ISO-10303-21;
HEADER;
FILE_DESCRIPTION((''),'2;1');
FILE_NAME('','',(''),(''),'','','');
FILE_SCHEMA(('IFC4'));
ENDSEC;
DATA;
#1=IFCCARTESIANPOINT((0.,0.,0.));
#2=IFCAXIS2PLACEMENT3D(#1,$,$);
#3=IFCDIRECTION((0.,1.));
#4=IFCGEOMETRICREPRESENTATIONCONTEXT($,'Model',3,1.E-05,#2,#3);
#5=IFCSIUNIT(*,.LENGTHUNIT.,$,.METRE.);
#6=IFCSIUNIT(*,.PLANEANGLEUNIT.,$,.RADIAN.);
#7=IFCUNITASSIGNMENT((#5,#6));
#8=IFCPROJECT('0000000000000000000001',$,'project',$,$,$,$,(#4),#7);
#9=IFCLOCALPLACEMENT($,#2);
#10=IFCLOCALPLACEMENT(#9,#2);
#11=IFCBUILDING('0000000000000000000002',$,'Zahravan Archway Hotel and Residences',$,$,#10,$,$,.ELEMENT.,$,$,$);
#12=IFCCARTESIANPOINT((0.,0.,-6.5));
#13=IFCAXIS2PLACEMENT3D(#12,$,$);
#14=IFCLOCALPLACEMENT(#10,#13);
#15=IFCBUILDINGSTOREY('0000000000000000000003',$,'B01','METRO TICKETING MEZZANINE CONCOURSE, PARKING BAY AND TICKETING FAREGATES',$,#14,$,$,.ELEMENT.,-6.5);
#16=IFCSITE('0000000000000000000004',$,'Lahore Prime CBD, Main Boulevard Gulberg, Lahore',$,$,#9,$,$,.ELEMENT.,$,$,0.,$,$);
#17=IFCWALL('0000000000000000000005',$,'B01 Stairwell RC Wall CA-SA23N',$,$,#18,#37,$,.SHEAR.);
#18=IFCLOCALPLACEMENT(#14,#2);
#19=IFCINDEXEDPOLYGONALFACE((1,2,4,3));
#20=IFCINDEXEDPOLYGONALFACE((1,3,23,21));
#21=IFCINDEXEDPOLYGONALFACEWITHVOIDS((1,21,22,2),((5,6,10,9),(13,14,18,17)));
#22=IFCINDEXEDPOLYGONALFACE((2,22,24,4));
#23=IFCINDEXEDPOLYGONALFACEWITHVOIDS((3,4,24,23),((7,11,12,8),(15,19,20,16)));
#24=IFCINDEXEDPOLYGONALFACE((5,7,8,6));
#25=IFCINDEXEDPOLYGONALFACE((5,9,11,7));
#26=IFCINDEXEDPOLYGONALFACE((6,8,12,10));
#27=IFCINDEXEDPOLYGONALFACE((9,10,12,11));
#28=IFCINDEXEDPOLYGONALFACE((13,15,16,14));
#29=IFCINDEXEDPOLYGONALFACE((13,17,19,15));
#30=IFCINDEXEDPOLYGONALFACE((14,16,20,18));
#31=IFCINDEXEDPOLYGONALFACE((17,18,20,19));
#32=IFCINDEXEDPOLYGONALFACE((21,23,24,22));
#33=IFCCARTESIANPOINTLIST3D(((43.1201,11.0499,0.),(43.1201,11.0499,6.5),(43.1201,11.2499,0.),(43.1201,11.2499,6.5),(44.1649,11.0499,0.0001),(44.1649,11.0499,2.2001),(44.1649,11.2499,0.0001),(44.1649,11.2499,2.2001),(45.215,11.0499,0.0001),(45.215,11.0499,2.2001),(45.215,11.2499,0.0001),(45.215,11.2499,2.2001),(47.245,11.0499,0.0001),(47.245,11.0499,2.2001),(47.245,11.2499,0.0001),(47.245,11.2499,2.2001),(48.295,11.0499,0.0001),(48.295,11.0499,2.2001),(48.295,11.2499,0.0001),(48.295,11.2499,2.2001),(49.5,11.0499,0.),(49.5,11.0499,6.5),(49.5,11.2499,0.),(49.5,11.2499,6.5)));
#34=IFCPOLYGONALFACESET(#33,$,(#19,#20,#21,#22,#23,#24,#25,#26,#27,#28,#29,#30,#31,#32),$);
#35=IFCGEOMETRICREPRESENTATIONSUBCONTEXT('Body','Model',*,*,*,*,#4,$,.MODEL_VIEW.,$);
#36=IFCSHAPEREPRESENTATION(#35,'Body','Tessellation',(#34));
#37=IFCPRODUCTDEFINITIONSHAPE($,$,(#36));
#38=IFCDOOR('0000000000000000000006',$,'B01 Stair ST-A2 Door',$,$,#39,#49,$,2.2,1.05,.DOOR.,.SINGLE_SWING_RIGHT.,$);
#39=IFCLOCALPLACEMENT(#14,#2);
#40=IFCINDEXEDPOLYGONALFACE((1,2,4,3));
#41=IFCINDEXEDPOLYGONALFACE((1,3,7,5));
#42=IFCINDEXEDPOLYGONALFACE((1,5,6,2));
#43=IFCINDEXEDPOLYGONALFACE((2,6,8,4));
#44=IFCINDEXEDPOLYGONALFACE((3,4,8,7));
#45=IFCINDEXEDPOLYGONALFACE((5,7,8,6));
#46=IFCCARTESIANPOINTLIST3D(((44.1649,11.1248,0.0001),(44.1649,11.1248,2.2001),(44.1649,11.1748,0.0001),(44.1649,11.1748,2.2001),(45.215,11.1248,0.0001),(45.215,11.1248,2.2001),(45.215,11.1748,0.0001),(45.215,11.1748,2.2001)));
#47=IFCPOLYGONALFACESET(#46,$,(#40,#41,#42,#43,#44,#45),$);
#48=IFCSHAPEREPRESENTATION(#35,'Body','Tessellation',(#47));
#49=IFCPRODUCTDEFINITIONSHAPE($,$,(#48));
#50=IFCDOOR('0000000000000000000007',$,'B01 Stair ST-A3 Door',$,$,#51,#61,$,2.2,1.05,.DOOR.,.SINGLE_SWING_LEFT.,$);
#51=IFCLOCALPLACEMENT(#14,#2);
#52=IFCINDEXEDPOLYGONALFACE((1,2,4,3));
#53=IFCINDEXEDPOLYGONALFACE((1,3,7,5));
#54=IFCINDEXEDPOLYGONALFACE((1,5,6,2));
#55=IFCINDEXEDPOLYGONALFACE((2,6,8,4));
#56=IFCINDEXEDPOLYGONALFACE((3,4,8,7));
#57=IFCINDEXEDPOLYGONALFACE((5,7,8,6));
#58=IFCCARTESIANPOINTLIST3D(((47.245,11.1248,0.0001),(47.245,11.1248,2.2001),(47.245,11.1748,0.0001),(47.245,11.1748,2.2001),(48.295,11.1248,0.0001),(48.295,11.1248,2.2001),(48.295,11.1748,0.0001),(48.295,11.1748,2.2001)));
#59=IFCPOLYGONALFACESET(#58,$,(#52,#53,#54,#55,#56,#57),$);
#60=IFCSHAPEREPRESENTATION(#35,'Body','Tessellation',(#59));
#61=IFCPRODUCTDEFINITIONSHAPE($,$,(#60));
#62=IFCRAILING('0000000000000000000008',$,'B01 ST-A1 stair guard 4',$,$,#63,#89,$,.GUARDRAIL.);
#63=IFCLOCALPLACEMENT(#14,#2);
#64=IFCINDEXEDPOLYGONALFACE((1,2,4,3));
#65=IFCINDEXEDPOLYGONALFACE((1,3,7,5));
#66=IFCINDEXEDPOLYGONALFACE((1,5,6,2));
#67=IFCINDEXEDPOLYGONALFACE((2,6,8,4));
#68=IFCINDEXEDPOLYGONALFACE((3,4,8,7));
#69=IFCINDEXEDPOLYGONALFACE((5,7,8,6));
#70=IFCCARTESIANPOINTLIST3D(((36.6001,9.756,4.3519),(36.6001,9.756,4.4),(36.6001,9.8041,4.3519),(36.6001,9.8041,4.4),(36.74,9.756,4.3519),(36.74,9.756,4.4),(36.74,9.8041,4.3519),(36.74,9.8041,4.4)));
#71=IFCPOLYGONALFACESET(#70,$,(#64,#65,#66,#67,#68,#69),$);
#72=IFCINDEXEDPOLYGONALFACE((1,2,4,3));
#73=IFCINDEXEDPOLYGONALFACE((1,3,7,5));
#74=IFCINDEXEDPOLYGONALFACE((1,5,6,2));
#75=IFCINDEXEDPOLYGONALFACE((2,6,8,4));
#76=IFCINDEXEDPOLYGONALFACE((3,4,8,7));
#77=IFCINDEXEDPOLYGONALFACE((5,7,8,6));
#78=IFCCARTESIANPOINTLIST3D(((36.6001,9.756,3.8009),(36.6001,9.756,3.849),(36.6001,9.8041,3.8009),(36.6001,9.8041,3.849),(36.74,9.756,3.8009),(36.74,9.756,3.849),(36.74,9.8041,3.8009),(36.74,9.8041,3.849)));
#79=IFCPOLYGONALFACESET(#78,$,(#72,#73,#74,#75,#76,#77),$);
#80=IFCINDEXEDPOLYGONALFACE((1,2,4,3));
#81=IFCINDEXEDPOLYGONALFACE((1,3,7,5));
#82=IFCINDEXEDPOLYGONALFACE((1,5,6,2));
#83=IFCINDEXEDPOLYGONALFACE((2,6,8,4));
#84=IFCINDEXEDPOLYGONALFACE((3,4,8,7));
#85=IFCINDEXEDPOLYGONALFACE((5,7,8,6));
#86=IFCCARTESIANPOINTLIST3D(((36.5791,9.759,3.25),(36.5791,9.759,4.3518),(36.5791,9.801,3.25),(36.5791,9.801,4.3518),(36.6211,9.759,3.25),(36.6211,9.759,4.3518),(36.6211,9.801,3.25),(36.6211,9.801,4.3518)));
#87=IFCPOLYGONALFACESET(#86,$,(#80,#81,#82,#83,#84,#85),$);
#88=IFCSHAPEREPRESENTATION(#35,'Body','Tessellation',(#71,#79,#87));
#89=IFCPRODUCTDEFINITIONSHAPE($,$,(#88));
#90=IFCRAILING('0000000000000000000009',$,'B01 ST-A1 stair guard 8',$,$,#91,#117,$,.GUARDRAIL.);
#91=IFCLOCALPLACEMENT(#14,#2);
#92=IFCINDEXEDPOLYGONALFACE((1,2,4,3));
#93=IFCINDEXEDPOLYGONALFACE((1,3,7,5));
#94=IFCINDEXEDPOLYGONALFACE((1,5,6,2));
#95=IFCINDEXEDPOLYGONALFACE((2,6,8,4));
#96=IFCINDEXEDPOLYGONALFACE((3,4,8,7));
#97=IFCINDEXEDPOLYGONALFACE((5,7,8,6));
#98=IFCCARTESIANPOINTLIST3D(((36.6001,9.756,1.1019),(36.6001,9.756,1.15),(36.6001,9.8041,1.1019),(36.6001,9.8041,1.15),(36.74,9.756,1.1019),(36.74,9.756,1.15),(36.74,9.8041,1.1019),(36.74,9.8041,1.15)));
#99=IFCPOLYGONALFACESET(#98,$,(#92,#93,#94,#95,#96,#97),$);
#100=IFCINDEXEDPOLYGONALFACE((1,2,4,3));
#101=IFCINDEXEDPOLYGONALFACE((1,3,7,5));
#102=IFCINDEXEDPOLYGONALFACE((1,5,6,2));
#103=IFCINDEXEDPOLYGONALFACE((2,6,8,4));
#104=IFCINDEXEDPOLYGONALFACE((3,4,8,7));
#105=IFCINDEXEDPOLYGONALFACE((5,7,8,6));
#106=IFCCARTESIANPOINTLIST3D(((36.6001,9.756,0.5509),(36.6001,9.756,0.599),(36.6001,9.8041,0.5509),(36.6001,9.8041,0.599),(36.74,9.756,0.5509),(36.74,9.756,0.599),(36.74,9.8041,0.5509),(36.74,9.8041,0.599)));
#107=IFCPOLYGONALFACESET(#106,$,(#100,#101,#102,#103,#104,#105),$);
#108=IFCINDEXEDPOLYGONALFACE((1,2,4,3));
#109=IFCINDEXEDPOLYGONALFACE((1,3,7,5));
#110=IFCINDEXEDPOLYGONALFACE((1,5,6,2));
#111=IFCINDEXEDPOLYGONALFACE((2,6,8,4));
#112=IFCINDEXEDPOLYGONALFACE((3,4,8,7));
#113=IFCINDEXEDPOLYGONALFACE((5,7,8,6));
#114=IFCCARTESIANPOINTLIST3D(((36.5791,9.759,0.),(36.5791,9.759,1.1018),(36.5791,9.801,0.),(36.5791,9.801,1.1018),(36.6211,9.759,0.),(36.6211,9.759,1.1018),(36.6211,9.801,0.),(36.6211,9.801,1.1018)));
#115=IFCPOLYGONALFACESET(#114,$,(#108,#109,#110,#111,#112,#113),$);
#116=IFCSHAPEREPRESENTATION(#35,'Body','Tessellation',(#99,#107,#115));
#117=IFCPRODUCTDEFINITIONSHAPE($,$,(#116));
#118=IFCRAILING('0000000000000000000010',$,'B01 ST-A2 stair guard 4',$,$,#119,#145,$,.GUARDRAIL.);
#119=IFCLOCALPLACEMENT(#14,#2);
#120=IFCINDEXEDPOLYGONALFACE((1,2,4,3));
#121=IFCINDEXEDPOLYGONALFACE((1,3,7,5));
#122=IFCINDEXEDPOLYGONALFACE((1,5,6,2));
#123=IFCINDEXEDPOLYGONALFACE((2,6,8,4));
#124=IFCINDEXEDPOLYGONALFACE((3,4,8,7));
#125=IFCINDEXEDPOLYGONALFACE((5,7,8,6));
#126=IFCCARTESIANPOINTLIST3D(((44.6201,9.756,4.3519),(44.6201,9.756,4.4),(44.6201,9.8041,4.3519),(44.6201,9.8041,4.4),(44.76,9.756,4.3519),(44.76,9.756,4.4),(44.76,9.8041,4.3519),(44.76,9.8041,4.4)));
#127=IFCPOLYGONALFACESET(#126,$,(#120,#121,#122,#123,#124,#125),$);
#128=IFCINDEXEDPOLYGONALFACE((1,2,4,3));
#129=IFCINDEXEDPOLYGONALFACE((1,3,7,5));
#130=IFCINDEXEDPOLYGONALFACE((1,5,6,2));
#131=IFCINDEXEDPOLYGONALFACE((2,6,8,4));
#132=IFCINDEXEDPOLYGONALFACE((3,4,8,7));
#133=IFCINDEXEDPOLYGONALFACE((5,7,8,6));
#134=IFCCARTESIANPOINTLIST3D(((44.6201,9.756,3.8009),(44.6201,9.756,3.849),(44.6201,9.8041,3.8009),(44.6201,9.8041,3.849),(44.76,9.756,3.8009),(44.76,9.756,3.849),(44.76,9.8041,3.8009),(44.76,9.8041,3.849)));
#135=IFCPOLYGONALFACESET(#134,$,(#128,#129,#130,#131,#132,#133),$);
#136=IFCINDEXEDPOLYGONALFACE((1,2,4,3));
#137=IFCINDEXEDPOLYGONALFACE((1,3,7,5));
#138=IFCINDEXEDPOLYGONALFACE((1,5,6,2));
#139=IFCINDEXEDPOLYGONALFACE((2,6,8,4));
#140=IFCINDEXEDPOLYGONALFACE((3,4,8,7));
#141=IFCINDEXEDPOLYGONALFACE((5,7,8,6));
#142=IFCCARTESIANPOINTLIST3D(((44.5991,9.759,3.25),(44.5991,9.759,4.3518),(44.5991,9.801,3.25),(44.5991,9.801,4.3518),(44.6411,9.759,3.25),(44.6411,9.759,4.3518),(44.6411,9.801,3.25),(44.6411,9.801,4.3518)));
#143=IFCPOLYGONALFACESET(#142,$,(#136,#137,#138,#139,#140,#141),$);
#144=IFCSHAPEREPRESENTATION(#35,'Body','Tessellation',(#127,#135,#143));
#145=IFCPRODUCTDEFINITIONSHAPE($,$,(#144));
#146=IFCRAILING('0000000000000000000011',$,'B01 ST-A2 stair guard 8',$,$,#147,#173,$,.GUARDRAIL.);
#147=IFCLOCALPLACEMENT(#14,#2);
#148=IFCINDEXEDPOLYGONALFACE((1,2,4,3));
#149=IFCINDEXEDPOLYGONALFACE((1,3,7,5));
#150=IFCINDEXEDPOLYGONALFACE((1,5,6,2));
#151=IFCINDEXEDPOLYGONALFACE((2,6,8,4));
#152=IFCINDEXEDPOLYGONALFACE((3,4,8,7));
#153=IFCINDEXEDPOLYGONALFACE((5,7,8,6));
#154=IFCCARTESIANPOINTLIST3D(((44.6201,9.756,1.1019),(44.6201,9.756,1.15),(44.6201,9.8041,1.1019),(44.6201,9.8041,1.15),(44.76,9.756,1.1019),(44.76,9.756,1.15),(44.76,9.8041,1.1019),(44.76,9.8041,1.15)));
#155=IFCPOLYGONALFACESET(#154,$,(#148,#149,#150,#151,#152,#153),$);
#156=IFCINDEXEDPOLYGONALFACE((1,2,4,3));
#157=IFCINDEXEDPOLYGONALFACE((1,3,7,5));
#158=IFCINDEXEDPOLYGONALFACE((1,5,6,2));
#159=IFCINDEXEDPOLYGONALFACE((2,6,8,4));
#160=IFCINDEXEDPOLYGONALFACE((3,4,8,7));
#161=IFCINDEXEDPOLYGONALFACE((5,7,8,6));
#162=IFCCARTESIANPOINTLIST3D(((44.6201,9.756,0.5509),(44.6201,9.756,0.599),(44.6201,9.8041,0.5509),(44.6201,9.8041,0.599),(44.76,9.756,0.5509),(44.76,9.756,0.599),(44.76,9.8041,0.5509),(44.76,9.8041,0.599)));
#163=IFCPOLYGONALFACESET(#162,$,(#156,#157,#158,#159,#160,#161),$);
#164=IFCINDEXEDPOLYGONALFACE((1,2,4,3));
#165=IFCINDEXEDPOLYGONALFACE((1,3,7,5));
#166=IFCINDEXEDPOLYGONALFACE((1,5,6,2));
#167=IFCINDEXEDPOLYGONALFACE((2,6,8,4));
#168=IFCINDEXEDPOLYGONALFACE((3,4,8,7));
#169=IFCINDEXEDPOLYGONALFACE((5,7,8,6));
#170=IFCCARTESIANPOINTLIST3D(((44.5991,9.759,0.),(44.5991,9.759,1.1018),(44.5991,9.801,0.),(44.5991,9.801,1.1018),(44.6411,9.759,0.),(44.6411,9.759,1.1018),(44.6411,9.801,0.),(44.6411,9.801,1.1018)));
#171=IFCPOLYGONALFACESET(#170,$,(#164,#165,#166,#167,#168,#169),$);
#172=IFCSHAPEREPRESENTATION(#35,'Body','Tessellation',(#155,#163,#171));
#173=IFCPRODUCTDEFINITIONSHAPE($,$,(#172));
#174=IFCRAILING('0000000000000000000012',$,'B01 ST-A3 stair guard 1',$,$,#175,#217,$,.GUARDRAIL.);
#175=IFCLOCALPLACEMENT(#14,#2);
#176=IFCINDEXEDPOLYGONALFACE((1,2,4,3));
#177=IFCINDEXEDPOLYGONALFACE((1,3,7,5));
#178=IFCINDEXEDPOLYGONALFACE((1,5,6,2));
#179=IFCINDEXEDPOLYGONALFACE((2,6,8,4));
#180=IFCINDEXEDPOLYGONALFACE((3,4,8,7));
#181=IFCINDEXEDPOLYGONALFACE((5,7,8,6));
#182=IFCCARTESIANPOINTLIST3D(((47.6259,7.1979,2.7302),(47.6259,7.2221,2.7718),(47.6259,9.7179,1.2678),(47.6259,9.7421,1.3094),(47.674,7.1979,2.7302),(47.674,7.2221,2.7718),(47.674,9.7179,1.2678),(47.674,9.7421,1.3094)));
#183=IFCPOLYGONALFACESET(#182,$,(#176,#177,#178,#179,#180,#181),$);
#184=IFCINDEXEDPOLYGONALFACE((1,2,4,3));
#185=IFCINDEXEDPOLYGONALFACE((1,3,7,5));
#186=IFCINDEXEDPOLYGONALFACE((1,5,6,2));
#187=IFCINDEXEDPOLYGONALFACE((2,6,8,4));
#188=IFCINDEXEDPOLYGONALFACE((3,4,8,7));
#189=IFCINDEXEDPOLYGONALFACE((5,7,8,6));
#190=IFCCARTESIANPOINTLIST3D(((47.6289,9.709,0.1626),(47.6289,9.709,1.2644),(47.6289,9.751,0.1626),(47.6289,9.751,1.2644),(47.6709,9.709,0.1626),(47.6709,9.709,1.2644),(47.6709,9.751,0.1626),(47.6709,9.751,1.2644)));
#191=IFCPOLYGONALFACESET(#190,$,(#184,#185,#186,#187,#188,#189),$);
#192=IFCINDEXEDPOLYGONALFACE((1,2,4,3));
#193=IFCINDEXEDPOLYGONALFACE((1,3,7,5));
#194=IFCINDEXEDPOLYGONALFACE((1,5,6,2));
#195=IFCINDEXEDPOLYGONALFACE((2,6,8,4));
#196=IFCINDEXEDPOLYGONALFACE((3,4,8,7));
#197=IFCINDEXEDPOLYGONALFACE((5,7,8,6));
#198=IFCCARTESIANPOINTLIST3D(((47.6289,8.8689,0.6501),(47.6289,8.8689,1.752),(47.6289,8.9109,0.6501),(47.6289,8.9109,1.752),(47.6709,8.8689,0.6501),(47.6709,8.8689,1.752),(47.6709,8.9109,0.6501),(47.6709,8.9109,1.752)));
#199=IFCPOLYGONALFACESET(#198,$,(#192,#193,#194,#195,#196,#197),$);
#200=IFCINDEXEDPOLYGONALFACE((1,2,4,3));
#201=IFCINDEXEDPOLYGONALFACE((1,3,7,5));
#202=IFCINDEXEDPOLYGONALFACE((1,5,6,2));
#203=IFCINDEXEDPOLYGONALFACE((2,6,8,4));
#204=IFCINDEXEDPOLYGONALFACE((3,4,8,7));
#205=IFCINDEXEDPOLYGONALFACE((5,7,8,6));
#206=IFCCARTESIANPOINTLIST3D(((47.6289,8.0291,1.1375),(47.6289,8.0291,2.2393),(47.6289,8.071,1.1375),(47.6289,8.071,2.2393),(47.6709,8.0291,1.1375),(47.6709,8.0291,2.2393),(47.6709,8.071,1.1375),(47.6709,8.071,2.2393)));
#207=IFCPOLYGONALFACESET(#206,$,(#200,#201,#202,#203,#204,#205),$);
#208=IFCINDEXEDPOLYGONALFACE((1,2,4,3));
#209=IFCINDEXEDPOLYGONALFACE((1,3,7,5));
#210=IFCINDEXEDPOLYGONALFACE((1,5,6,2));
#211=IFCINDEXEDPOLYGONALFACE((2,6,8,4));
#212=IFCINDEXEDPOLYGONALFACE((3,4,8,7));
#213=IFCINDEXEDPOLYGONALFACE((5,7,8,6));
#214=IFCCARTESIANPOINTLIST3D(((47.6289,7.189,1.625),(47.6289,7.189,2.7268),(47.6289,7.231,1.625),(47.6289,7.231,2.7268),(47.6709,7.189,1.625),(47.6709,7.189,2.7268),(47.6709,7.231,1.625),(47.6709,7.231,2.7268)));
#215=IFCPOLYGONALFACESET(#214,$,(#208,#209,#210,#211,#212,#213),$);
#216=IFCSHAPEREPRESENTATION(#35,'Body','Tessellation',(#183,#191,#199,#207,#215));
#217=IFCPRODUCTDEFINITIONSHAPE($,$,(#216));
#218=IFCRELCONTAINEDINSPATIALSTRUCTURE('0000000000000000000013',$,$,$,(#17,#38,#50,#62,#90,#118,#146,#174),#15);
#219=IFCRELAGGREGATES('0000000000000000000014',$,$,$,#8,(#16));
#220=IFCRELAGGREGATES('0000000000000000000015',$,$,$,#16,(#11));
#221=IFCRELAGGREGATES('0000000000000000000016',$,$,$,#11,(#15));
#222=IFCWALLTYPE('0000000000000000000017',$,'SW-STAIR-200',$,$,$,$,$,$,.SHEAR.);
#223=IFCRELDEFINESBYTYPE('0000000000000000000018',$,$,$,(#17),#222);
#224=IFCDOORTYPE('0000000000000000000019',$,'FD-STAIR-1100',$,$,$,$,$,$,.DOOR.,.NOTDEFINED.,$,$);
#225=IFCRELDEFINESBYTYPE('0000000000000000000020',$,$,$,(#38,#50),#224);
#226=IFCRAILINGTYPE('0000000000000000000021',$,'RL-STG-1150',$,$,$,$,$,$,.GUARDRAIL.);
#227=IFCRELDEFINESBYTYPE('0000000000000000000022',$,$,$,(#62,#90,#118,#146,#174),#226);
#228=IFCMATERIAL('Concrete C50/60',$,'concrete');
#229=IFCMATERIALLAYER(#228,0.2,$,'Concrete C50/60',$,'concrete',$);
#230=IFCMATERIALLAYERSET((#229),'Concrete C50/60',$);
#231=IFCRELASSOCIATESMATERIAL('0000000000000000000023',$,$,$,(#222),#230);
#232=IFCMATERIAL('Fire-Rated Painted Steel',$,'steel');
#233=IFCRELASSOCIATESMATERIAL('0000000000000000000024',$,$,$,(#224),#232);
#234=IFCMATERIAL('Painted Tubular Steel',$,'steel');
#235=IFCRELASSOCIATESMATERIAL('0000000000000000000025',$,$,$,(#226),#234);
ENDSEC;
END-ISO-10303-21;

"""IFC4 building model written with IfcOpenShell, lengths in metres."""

from ifc_helpers import new_model, si_unit, direction, frame, frame_2d, origin, origin_2d, place, context, subcontext, project, spatial, rectangle, extrude, source, transform, mapped, material, layer, layer_set, type_object, type_shapes, element, fill, save


model = new_model("IFC4")

# Units and contexts
model_context = context("Model", 3, precision=1e-05, world=origin(), true_north=direction((0.0, 1.0)))
body_context = subcontext(model_context, "Body", "Model", "MODEL_VIEW")
ifc_project = project(units=[si_unit("LENGTHUNIT", "METRE"), si_unit("PLANEANGLEUNIT", "RADIAN")], contexts=[model_context])

# Site, building, storey
site_placement = place(None, origin())
site = spatial("IfcSite", under=ifc_project, at=site_placement, Name="Lahore Prime CBD, Main Boulevard Gulberg, Lahore", CompositionType="ELEMENT", RefElevation=0.0)
building_placement = place(site_placement, origin())
building = spatial("IfcBuilding", under=site, at=building_placement, Name="Zahravan Archway Hotel and Residences", CompositionType="ELEMENT")
storey_placement = place(building_placement, frame((0.0, 0.0, -6.5)))
storey = spatial("IfcBuildingStorey", under=building, at=storey_placement, Name="B01", Description="METRO TICKETING MEZZANINE CONCOURSE, PARKING BAY AND TICKETING FAREGATES", CompositionType="ELEMENT", Elevation=-6.5)

# Shared definitions
ifc_material_1 = material(Name="Concrete C50/60", Category="concrete")

# Shared definitions
ifc_material_2 = material(Name="Fire-Rated Painted Steel", Category="steel")

# Wall, openings, doors
ifc_layer_1 = layer(ifc_material_1, 0.2, Name="Concrete C50/60", Category="concrete")
ifc_layer_set_1 = layer_set([ifc_layer_1], Name="Concrete C50/60")
wall_type_1 = type_object("IfcWallType", Name="SW-STAIR-200", PredefinedType="SHEAR", material=ifc_layer_set_1)
wall_1_placement = place(storey_placement, frame((43.1201, 11.1499, 0.0), z_axis=(0.0, 0.0, 1.0), x_axis=(1.0, 0.0, 0.0)))
wall_1 = element("IfcWall", 1, at=wall_1_placement, inside=storey, type_object=wall_type_1, Name="B01 Stairwell RC Wall CA-SA23N", PredefinedType="SHEAR", context=body_context, shape_type="SweptSolid", body=[
    extrude(rectangle(XDim=6.3799, YDim=0.2, at=frame_2d((3.1899, 0.0))), origin(), (0.0, 0.0, 1.0), 6.5),
])
opening_1_placement = place(wall_1_placement, frame((1.0449, 0.0, 0.0)))
opening_1 = element("IfcOpeningElement", 2, at=opening_1_placement, cuts=wall_1, PredefinedType="OPENING", context=body_context, shape_type="SweptSolid", body=[
    extrude(rectangle(XDim=1.05, YDim=2.2, at=frame_2d((0.5249, 1.1001))), frame((0.0, 0.1099, 0.0), z_axis=(0.0, -1.0, 0.0), x_axis=(1.0, 0.0, 0.0)), (0.0, 0.0, 1.0), 0.22),
])
opening_2_placement = place(wall_1_placement, frame((4.125, 0.0, 0.0)))
opening_2 = element("IfcOpeningElement", 3, at=opening_2_placement, cuts=wall_1, PredefinedType="OPENING", context=body_context, shape_type="SweptSolid", body=[
    extrude(rectangle(XDim=1.05, YDim=2.2, at=frame_2d((0.5249, 1.1001))), frame((0.0, 0.1099, 0.0), z_axis=(0.0, -1.0, 0.0), x_axis=(1.0, 0.0, 0.0)), (0.0, 0.0, 1.0), 0.22),
])
door_type_1 = type_object("IfcDoorType", Name="FD-STAIR-1100", OperationType="NOTDEFINED", PredefinedType="DOOR", material=ifc_material_2)
shared_shape_1 = source(origin(), body_context, "Body", "SweptSolid", [
    extrude(rectangle(XDim=1.05, YDim=2.2, at=frame_2d((0.5249, 1.1001))), frame((0.0, 0.0249, 0.0), z_axis=(0.0, -1.0, 0.0), x_axis=(1.0, 0.0, 0.0)), (0.0, 0.0, 1.0), 0.05),
])
type_shapes(door_type_1, [shared_shape_1])
door_1_placement = place(opening_1_placement, origin())
door_1 = element("IfcDoor", 4, at=door_1_placement, inside=storey, type_object=door_type_1, Name="B01 Stair ST-A2 Door", OperationType="SINGLE_SWING_RIGHT", OverallHeight=2.2, OverallWidth=1.05, PredefinedType="DOOR", context=body_context, shape_type="MappedRepresentation", body=[
    mapped(shared_shape_1, transform((0.0, 0.0, 0.0), scale=1.0)),
])
fill(opening_1, door_1)
door_2_placement = place(opening_2_placement, origin())
door_2 = element("IfcDoor", 5, at=door_2_placement, inside=storey, type_object=door_type_1, Name="B01 Stair ST-A3 Door", OperationType="SINGLE_SWING_LEFT", OverallHeight=2.2, OverallWidth=1.05, PredefinedType="DOOR", context=body_context, shape_type="MappedRepresentation", body=[
    mapped(shared_shape_1, transform((0.0, 0.0, 0.0), scale=1.0)),
])
fill(opening_2, door_2)

# Railings
ifc_material_3 = material(Name="Painted Tubular Steel", Category="steel")
railing_type = type_object("IfcRailingType", Name="RL-STG-1150", PredefinedType="GUARDRAIL", material=ifc_material_3)
for number, where, name in (
    (6, (36.6001, 9.78, 3.25), "B01 ST-A1 stair guard 4"),
    (7, (36.6001, 9.78, 0.0), "B01 ST-A1 stair guard 8"),
    (8, (44.6201, 9.78, 3.25), "B01 ST-A2 stair guard 4"),
    (9, (44.6201, 9.78, 0.0), "B01 ST-A2 stair guard 8"),
):
    element("IfcRailing", number, at=place(storey_placement, frame(where)), inside=storey, type_object=railing_type, Name=name, PredefinedType="GUARDRAIL", context=body_context, shape_type="SweptSolid", body=[
        extrude(rectangle(XDim=0.0481, YDim=0.0481, at=origin_2d()), frame((0.0, 0.0, 1.126), z_axis=(1.0, 0.0, 0.0), x_axis=(0.0, 1.0, 0.0)), (0.0, 0.0, 1.0), 0.1399),
        extrude(rectangle(XDim=0.0481, YDim=0.0481, at=origin_2d()), frame((0.0, 0.0, 0.575), z_axis=(1.0, 0.0, 0.0), x_axis=(0.0, 1.0, 0.0)), (0.0, 0.0, 1.0), 0.1399),
        extrude(rectangle(XDim=0.042, YDim=0.042, at=origin_2d()), origin(), (0.0, 0.0, 1.0), 1.1018),
    ])
for number, where, name in (
    (10, (47.6499, 9.73, 0.1626), "B01 ST-A3 stair guard 1"),
):
    element("IfcRailing", number, at=place(storey_placement, frame(where)), inside=storey, type_object=railing_type, Name=name, PredefinedType="GUARDRAIL", context=body_context, shape_type="SweptSolid", body=[
        extrude(rectangle(XDim=0.0481, YDim=0.0481, at=origin_2d()), frame((0.0, 0.0, 1.126), z_axis=(0.0, -0.864913, 0.501921), x_axis=(1.0, 0.0, 0.0)), (0.0, 0.0, 1.0), 2.9136),
        extrude(rectangle(XDim=0.042, YDim=0.042, at=origin_2d()), origin(), (0.0, 0.0, 1.0), 1.1018),
        extrude(rectangle(XDim=0.042, YDim=0.042, at=origin_2d()), frame((0.0, -0.8401, 0.4875)), (0.0, 0.0, 1.0), 1.1018),
        extrude(rectangle(XDim=0.042, YDim=0.042, at=origin_2d()), frame((0.0, -1.6799, 0.9749)), (0.0, 0.0, 1.0), 1.1018),
        extrude(rectangle(XDim=0.042, YDim=0.042, at=origin_2d()), frame((0.0, -2.52, 1.4624)), (0.0, 0.0, 1.0), 1.1018),
    ])

save(model, "model.ifc")
